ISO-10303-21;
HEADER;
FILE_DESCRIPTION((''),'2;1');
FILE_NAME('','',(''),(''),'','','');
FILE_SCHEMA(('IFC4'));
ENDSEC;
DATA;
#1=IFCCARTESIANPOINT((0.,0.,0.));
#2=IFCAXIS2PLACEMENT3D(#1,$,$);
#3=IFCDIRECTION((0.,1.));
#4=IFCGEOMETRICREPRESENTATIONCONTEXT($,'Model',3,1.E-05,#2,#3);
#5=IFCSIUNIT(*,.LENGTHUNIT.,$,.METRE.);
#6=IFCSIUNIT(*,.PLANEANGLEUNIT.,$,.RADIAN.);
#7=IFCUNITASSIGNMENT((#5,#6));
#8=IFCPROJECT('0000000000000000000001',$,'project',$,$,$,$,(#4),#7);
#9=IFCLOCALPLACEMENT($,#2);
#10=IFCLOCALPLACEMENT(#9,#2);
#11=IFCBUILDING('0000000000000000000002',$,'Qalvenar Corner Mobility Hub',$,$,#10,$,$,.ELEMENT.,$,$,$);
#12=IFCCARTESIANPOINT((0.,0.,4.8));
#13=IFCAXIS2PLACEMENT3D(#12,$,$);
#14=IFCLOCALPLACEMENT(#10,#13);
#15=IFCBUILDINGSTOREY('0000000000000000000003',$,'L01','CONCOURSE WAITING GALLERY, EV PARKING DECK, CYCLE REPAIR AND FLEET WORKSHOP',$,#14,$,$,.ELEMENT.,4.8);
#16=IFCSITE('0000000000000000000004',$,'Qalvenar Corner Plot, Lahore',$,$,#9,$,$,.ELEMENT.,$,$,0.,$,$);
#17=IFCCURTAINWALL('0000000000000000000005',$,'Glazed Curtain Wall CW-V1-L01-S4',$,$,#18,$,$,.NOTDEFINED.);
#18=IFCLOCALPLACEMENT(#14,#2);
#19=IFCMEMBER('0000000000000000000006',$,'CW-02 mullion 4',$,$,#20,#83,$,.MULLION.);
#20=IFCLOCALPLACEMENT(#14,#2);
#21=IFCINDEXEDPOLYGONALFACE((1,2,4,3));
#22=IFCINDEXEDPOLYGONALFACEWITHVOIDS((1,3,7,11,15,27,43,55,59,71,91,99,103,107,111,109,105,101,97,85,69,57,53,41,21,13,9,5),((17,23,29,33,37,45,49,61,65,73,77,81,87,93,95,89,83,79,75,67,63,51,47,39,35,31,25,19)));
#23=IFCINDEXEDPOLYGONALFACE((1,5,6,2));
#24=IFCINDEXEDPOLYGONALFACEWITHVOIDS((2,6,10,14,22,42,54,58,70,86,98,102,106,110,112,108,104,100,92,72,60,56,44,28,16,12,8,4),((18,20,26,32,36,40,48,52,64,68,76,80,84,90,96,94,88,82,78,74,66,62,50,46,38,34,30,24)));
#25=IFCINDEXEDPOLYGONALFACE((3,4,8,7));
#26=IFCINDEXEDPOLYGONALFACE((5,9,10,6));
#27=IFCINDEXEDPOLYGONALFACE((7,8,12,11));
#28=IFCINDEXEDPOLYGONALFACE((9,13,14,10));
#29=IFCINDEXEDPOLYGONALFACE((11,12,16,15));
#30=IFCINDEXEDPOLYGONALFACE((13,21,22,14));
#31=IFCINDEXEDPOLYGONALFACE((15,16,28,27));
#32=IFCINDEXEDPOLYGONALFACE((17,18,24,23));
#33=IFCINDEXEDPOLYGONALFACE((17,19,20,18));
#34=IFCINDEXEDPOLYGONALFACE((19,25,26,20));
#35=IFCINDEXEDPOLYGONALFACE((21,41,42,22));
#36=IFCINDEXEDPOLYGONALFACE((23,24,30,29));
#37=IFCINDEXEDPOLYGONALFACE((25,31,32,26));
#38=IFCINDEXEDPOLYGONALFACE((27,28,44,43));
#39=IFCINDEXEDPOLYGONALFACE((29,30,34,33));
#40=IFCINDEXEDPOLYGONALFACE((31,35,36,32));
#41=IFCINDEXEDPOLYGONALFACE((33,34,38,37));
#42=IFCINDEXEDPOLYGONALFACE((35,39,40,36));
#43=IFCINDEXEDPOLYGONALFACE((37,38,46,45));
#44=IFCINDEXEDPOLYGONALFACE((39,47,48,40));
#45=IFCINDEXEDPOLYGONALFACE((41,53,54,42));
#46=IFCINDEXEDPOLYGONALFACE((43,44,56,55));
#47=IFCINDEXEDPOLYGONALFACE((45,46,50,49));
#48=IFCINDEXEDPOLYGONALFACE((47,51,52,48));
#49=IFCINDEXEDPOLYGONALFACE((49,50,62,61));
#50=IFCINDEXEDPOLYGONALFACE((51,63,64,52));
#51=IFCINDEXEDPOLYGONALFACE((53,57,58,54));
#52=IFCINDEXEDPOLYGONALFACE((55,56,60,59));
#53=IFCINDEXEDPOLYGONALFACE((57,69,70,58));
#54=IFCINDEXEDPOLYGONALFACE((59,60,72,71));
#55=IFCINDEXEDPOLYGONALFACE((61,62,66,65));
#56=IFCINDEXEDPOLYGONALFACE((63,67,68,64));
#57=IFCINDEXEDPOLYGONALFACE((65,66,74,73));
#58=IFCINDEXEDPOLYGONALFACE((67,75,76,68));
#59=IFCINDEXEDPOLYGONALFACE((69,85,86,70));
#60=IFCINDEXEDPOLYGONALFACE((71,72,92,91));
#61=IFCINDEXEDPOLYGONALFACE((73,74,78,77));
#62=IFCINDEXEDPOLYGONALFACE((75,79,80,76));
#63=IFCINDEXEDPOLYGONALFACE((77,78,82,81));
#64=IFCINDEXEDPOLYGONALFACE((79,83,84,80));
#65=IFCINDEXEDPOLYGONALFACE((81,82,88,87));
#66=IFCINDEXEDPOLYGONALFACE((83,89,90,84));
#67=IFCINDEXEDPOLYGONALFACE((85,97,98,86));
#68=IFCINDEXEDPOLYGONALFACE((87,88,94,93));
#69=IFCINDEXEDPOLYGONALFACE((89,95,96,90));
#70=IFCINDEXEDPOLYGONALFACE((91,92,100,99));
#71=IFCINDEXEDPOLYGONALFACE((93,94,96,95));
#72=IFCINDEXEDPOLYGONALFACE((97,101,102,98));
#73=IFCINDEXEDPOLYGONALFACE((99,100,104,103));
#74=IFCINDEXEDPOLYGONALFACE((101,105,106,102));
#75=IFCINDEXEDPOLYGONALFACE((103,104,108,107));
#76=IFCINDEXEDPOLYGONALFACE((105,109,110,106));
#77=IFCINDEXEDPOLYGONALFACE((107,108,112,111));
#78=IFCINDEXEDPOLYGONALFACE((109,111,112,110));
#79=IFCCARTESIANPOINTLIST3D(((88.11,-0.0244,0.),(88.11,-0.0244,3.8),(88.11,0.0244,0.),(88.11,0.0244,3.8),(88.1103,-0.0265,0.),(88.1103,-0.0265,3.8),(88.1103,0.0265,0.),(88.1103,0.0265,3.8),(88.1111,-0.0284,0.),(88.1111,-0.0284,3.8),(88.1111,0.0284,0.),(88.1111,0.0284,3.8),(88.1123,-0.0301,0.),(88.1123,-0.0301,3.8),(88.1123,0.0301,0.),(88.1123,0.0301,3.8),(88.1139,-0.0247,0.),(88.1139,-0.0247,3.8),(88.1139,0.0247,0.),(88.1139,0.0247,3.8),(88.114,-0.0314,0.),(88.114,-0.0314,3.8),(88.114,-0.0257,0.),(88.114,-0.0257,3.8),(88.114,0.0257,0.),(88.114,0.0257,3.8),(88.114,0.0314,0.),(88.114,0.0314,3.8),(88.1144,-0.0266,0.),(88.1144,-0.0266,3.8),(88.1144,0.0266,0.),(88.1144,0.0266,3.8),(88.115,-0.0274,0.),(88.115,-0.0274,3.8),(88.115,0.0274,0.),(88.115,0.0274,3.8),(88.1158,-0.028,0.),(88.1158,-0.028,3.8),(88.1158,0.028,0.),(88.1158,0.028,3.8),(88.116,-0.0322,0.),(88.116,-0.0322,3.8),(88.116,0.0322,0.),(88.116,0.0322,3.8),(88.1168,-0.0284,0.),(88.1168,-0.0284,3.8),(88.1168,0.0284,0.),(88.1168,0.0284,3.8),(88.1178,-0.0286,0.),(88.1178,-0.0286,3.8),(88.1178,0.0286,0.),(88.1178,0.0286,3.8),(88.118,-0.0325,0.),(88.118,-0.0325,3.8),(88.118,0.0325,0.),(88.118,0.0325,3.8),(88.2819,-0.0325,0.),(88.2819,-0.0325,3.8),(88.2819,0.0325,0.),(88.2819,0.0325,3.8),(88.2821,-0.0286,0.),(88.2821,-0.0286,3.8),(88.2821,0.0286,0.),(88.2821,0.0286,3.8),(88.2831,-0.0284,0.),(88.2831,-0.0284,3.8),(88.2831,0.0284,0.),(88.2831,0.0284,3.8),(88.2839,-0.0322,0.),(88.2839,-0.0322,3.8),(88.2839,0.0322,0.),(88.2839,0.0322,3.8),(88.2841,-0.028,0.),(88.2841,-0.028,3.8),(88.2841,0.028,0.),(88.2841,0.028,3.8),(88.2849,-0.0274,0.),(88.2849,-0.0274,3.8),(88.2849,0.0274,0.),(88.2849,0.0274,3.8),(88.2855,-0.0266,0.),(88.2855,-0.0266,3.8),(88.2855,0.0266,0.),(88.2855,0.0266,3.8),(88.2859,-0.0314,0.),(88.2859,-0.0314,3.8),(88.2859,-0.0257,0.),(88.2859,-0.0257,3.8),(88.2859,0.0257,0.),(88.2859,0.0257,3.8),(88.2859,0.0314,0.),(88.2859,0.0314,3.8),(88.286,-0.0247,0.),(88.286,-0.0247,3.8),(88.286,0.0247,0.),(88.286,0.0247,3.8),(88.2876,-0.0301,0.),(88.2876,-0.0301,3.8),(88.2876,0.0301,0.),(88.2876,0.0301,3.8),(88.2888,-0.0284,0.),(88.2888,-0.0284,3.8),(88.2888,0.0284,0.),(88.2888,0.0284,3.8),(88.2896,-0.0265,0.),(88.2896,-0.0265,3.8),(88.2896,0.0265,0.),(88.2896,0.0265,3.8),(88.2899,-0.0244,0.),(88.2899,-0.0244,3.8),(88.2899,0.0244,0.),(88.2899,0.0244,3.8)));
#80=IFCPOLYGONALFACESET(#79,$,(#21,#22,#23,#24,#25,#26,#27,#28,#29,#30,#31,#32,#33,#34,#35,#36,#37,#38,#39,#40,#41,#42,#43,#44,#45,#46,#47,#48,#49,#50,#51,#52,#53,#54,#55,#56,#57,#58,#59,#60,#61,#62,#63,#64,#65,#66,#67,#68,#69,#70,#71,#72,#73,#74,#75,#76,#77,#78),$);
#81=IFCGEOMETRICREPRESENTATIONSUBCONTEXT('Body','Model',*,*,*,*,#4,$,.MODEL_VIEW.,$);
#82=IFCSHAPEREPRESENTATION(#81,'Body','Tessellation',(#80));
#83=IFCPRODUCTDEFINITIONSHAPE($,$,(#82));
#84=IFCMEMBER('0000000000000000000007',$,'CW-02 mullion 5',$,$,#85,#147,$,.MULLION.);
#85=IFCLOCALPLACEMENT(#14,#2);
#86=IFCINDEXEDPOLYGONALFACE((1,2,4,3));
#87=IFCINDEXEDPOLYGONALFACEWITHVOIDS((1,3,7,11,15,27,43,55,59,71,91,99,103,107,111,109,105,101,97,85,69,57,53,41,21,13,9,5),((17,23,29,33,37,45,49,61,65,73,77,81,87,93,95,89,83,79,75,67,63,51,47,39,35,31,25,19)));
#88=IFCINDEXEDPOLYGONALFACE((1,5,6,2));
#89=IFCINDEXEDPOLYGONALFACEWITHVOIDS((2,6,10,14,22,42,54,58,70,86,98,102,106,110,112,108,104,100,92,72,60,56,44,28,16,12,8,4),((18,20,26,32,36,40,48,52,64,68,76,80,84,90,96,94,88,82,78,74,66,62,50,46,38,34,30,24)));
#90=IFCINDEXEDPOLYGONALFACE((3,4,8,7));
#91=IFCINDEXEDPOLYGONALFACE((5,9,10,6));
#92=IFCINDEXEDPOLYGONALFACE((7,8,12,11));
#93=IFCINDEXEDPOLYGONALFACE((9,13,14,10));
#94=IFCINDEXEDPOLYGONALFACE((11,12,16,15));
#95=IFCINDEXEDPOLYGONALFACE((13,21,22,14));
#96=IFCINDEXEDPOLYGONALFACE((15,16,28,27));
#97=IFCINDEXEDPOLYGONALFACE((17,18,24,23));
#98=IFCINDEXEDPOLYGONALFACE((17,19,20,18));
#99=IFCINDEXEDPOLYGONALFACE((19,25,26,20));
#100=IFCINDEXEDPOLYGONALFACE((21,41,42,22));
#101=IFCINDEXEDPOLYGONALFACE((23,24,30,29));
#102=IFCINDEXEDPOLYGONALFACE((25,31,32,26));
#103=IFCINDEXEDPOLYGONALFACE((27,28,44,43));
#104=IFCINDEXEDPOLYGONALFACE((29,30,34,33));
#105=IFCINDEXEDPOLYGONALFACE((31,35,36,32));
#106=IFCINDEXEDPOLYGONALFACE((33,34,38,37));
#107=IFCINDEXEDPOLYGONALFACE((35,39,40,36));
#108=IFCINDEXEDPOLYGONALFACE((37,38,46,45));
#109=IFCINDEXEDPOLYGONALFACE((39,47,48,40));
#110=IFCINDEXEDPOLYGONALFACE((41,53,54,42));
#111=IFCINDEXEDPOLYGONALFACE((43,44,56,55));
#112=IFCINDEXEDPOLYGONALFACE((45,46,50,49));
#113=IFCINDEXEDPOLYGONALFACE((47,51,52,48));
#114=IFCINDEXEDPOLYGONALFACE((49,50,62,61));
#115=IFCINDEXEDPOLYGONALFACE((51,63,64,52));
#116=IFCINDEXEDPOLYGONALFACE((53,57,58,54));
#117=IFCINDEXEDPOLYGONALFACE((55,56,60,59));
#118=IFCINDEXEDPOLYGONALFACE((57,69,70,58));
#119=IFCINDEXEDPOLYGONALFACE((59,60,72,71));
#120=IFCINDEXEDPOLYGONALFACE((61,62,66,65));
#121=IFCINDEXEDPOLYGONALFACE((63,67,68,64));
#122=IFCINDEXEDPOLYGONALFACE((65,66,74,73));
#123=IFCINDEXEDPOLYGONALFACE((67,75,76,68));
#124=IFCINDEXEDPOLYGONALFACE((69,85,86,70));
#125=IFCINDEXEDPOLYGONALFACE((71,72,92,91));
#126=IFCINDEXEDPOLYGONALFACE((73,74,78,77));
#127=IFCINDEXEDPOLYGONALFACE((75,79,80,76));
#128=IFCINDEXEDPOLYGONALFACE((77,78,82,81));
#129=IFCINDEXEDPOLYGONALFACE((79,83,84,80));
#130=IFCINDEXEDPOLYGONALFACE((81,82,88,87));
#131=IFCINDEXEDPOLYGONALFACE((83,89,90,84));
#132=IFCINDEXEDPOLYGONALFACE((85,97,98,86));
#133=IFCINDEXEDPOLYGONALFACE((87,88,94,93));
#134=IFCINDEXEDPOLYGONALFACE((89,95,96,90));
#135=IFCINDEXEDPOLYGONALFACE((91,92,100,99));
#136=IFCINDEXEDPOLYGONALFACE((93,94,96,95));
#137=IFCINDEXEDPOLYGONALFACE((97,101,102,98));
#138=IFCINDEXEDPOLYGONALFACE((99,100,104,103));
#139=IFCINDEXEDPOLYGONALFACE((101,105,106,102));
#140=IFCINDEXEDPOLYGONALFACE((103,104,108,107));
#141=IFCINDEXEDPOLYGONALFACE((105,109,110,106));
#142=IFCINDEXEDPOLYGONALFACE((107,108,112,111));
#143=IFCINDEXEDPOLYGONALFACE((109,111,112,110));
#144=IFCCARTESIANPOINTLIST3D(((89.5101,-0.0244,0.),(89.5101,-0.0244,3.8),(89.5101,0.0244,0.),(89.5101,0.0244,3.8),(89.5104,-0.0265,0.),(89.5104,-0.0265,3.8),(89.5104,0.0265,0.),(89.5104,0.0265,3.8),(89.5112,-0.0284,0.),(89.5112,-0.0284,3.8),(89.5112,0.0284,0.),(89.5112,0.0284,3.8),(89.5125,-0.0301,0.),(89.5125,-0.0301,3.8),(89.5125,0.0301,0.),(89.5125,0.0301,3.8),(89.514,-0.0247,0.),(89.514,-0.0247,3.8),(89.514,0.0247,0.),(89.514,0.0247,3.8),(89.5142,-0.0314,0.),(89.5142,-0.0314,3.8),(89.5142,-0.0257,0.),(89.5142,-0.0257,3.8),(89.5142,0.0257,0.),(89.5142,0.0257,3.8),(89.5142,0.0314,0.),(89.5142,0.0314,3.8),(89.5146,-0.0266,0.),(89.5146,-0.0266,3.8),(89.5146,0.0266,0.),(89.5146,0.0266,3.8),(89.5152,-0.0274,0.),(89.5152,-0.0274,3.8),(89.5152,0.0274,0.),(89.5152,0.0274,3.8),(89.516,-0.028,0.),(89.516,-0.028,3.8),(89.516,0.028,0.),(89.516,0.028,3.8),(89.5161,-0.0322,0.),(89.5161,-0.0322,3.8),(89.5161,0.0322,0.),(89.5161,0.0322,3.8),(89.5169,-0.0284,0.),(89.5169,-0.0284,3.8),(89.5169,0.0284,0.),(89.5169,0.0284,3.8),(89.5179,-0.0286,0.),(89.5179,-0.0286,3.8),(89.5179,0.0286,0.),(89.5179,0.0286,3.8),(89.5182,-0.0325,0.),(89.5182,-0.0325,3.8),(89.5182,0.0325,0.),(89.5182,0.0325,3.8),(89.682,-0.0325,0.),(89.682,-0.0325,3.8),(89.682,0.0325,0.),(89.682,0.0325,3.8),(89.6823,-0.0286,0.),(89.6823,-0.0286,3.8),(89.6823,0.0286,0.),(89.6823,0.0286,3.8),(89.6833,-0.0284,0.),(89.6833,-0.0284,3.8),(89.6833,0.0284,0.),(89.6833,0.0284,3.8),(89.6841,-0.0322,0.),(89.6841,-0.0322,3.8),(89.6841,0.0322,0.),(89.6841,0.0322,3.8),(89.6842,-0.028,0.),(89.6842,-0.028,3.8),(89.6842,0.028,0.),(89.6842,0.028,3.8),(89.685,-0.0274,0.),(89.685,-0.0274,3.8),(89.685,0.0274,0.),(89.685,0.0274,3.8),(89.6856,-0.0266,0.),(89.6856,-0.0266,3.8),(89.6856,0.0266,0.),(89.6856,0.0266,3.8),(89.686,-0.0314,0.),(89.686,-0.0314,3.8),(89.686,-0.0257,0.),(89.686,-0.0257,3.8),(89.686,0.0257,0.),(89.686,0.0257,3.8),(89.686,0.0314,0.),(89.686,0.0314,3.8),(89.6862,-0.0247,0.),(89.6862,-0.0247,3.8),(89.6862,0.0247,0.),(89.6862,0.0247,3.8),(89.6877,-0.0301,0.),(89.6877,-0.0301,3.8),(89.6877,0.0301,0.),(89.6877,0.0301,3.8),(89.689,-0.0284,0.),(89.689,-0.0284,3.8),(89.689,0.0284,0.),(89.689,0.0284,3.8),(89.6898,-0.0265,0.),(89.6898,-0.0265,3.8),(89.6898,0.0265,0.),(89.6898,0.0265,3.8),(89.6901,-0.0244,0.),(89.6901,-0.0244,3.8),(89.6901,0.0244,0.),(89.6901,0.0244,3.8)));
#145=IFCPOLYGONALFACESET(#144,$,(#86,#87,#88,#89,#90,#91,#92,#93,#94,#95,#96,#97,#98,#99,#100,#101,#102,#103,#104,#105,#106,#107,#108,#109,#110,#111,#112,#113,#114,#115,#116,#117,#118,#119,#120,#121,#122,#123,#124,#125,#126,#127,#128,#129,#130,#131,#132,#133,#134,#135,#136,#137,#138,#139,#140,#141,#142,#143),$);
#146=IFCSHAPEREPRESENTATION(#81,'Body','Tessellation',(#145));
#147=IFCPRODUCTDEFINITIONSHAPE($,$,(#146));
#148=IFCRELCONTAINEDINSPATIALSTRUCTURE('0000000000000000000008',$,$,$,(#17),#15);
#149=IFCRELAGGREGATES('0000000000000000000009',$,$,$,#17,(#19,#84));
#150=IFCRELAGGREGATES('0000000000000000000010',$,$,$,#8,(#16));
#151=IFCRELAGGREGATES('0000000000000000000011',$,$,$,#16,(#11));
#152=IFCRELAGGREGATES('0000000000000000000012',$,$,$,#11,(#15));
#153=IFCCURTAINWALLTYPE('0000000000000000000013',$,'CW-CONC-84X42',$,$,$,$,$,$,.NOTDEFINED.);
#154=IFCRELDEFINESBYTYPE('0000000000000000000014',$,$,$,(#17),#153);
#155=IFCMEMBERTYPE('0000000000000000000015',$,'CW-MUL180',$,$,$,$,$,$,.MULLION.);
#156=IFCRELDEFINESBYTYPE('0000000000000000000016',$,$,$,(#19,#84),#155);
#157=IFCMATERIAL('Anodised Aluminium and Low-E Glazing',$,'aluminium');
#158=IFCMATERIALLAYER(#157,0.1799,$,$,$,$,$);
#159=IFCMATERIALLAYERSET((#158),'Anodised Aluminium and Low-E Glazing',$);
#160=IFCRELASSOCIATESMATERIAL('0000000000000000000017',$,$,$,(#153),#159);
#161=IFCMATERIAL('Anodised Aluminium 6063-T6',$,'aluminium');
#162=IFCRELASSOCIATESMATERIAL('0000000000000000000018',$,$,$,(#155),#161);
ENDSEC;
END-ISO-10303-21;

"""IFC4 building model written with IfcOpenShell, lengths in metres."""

from ifc_helpers import new_model, si_unit, direction, frame, origin, origin_2d, place, context, subcontext, project, spatial, hollow_rectangle, extrude, material, layer, layer_set, material_profile, profile_set, type_object, element, aggregate, save


model = new_model("IFC4")

# Units and contexts
model_context = context("Model", 3, precision=1e-05, world=origin(), true_north=direction((0.0, 1.0)))
body_context = subcontext(model_context, "Body", "Model", "MODEL_VIEW")
ifc_project = project(units=[si_unit("LENGTHUNIT", "METRE"), si_unit("PLANEANGLEUNIT", "RADIAN")], contexts=[model_context])

# Site, building, storey
site_placement = place(None, origin())
site = spatial("IfcSite", under=ifc_project, at=site_placement, Name="Qalvenar Corner Plot, Lahore", CompositionType="ELEMENT", RefElevation=0.0)
building_placement = place(site_placement, origin())
building = spatial("IfcBuilding", under=site, at=building_placement, Name="Qalvenar Corner Mobility Hub", CompositionType="ELEMENT")
storey_placement = place(building_placement, frame((0.0, 0.0, 4.8)))
storey = spatial("IfcBuildingStorey", under=building, at=storey_placement, Name="L01", Description="CONCOURSE WAITING GALLERY, EV PARKING DECK, CYCLE REPAIR AND FLEET WORKSHOP", CompositionType="ELEMENT", Elevation=4.8)

# Curtain wall, members
ifc_material_1 = material(Name="Anodised Aluminium and Low-E Glazing", Category="aluminium")
ifc_layer_1 = layer(ifc_material_1, 0.1799)
ifc_layer_set_1 = layer_set([ifc_layer_1], Name="Anodised Aluminium and Low-E Glazing")
curtain_wall_type = type_object("IfcCurtainWallType", Name="CW-CONC-84X42", PredefinedType="NOTDEFINED", material=ifc_layer_set_1)
curtain_wall_placement = place(storey_placement, origin())
curtain_wall = element("IfcCurtainWall", 1, at=curtain_wall_placement, inside=storey, type_object=curtain_wall_type, Name="Glazed Curtain Wall CW-V1-L01-S4", PredefinedType="NOTDEFINED")
ifc_material_2 = material(Name="Anodised Aluminium 6063-T6", Category="aluminium")
ifc_material_profile_1 = material_profile(ifc_material_2, hollow_rectangle(XDim=0.0649, YDim=0.1799, WallThickness=0.0039, InnerFilletRadius=0.0039, OuterFilletRadius=0.0081, at=origin_2d()), Name="RHS180x65x4")
ifc_profile_set_1 = profile_set([ifc_material_profile_1], Name="Anodised Aluminium 6063-T6")
member_type_1 = type_object("IfcMemberType", Name="CW-MUL180", PredefinedType="MULLION", material=ifc_profile_set_1)
member_1_placement = place(storey_placement, frame((88.2, 0.0, 0.0), z_axis=(0.0, 0.0, 1.0), x_axis=(0.0, 1.0, 0.0)))
member_1 = element("IfcMember", 2, at=member_1_placement, type_object=member_type_1, Name="CW-02 mullion 4", PredefinedType="MULLION", context=body_context, shape_type="SweptSolid", body=[
    extrude(hollow_rectangle(XDim=0.0649, YDim=0.1799, WallThickness=0.0039, InnerFilletRadius=0.0039, OuterFilletRadius=0.0081, at=origin_2d()), origin(), (0.0, 0.0, 1.0), 3.8),
])
member_2_placement = place(storey_placement, frame((89.6001, 0.0, 0.0), z_axis=(0.0, 0.0, 1.0), x_axis=(0.0, 1.0, 0.0)))
member_2 = element("IfcMember", 3, at=member_2_placement, type_object=member_type_1, Name="CW-02 mullion 5", PredefinedType="MULLION", context=body_context, shape_type="SweptSolid", body=[
    extrude(hollow_rectangle(XDim=0.0649, YDim=0.1799, WallThickness=0.0039, InnerFilletRadius=0.0039, OuterFilletRadius=0.0081, at=origin_2d()), origin(), (0.0, 0.0, 1.0), 3.8),
])
aggregate(curtain_wall, [member_1, member_2])

save(model, "model.ifc")
